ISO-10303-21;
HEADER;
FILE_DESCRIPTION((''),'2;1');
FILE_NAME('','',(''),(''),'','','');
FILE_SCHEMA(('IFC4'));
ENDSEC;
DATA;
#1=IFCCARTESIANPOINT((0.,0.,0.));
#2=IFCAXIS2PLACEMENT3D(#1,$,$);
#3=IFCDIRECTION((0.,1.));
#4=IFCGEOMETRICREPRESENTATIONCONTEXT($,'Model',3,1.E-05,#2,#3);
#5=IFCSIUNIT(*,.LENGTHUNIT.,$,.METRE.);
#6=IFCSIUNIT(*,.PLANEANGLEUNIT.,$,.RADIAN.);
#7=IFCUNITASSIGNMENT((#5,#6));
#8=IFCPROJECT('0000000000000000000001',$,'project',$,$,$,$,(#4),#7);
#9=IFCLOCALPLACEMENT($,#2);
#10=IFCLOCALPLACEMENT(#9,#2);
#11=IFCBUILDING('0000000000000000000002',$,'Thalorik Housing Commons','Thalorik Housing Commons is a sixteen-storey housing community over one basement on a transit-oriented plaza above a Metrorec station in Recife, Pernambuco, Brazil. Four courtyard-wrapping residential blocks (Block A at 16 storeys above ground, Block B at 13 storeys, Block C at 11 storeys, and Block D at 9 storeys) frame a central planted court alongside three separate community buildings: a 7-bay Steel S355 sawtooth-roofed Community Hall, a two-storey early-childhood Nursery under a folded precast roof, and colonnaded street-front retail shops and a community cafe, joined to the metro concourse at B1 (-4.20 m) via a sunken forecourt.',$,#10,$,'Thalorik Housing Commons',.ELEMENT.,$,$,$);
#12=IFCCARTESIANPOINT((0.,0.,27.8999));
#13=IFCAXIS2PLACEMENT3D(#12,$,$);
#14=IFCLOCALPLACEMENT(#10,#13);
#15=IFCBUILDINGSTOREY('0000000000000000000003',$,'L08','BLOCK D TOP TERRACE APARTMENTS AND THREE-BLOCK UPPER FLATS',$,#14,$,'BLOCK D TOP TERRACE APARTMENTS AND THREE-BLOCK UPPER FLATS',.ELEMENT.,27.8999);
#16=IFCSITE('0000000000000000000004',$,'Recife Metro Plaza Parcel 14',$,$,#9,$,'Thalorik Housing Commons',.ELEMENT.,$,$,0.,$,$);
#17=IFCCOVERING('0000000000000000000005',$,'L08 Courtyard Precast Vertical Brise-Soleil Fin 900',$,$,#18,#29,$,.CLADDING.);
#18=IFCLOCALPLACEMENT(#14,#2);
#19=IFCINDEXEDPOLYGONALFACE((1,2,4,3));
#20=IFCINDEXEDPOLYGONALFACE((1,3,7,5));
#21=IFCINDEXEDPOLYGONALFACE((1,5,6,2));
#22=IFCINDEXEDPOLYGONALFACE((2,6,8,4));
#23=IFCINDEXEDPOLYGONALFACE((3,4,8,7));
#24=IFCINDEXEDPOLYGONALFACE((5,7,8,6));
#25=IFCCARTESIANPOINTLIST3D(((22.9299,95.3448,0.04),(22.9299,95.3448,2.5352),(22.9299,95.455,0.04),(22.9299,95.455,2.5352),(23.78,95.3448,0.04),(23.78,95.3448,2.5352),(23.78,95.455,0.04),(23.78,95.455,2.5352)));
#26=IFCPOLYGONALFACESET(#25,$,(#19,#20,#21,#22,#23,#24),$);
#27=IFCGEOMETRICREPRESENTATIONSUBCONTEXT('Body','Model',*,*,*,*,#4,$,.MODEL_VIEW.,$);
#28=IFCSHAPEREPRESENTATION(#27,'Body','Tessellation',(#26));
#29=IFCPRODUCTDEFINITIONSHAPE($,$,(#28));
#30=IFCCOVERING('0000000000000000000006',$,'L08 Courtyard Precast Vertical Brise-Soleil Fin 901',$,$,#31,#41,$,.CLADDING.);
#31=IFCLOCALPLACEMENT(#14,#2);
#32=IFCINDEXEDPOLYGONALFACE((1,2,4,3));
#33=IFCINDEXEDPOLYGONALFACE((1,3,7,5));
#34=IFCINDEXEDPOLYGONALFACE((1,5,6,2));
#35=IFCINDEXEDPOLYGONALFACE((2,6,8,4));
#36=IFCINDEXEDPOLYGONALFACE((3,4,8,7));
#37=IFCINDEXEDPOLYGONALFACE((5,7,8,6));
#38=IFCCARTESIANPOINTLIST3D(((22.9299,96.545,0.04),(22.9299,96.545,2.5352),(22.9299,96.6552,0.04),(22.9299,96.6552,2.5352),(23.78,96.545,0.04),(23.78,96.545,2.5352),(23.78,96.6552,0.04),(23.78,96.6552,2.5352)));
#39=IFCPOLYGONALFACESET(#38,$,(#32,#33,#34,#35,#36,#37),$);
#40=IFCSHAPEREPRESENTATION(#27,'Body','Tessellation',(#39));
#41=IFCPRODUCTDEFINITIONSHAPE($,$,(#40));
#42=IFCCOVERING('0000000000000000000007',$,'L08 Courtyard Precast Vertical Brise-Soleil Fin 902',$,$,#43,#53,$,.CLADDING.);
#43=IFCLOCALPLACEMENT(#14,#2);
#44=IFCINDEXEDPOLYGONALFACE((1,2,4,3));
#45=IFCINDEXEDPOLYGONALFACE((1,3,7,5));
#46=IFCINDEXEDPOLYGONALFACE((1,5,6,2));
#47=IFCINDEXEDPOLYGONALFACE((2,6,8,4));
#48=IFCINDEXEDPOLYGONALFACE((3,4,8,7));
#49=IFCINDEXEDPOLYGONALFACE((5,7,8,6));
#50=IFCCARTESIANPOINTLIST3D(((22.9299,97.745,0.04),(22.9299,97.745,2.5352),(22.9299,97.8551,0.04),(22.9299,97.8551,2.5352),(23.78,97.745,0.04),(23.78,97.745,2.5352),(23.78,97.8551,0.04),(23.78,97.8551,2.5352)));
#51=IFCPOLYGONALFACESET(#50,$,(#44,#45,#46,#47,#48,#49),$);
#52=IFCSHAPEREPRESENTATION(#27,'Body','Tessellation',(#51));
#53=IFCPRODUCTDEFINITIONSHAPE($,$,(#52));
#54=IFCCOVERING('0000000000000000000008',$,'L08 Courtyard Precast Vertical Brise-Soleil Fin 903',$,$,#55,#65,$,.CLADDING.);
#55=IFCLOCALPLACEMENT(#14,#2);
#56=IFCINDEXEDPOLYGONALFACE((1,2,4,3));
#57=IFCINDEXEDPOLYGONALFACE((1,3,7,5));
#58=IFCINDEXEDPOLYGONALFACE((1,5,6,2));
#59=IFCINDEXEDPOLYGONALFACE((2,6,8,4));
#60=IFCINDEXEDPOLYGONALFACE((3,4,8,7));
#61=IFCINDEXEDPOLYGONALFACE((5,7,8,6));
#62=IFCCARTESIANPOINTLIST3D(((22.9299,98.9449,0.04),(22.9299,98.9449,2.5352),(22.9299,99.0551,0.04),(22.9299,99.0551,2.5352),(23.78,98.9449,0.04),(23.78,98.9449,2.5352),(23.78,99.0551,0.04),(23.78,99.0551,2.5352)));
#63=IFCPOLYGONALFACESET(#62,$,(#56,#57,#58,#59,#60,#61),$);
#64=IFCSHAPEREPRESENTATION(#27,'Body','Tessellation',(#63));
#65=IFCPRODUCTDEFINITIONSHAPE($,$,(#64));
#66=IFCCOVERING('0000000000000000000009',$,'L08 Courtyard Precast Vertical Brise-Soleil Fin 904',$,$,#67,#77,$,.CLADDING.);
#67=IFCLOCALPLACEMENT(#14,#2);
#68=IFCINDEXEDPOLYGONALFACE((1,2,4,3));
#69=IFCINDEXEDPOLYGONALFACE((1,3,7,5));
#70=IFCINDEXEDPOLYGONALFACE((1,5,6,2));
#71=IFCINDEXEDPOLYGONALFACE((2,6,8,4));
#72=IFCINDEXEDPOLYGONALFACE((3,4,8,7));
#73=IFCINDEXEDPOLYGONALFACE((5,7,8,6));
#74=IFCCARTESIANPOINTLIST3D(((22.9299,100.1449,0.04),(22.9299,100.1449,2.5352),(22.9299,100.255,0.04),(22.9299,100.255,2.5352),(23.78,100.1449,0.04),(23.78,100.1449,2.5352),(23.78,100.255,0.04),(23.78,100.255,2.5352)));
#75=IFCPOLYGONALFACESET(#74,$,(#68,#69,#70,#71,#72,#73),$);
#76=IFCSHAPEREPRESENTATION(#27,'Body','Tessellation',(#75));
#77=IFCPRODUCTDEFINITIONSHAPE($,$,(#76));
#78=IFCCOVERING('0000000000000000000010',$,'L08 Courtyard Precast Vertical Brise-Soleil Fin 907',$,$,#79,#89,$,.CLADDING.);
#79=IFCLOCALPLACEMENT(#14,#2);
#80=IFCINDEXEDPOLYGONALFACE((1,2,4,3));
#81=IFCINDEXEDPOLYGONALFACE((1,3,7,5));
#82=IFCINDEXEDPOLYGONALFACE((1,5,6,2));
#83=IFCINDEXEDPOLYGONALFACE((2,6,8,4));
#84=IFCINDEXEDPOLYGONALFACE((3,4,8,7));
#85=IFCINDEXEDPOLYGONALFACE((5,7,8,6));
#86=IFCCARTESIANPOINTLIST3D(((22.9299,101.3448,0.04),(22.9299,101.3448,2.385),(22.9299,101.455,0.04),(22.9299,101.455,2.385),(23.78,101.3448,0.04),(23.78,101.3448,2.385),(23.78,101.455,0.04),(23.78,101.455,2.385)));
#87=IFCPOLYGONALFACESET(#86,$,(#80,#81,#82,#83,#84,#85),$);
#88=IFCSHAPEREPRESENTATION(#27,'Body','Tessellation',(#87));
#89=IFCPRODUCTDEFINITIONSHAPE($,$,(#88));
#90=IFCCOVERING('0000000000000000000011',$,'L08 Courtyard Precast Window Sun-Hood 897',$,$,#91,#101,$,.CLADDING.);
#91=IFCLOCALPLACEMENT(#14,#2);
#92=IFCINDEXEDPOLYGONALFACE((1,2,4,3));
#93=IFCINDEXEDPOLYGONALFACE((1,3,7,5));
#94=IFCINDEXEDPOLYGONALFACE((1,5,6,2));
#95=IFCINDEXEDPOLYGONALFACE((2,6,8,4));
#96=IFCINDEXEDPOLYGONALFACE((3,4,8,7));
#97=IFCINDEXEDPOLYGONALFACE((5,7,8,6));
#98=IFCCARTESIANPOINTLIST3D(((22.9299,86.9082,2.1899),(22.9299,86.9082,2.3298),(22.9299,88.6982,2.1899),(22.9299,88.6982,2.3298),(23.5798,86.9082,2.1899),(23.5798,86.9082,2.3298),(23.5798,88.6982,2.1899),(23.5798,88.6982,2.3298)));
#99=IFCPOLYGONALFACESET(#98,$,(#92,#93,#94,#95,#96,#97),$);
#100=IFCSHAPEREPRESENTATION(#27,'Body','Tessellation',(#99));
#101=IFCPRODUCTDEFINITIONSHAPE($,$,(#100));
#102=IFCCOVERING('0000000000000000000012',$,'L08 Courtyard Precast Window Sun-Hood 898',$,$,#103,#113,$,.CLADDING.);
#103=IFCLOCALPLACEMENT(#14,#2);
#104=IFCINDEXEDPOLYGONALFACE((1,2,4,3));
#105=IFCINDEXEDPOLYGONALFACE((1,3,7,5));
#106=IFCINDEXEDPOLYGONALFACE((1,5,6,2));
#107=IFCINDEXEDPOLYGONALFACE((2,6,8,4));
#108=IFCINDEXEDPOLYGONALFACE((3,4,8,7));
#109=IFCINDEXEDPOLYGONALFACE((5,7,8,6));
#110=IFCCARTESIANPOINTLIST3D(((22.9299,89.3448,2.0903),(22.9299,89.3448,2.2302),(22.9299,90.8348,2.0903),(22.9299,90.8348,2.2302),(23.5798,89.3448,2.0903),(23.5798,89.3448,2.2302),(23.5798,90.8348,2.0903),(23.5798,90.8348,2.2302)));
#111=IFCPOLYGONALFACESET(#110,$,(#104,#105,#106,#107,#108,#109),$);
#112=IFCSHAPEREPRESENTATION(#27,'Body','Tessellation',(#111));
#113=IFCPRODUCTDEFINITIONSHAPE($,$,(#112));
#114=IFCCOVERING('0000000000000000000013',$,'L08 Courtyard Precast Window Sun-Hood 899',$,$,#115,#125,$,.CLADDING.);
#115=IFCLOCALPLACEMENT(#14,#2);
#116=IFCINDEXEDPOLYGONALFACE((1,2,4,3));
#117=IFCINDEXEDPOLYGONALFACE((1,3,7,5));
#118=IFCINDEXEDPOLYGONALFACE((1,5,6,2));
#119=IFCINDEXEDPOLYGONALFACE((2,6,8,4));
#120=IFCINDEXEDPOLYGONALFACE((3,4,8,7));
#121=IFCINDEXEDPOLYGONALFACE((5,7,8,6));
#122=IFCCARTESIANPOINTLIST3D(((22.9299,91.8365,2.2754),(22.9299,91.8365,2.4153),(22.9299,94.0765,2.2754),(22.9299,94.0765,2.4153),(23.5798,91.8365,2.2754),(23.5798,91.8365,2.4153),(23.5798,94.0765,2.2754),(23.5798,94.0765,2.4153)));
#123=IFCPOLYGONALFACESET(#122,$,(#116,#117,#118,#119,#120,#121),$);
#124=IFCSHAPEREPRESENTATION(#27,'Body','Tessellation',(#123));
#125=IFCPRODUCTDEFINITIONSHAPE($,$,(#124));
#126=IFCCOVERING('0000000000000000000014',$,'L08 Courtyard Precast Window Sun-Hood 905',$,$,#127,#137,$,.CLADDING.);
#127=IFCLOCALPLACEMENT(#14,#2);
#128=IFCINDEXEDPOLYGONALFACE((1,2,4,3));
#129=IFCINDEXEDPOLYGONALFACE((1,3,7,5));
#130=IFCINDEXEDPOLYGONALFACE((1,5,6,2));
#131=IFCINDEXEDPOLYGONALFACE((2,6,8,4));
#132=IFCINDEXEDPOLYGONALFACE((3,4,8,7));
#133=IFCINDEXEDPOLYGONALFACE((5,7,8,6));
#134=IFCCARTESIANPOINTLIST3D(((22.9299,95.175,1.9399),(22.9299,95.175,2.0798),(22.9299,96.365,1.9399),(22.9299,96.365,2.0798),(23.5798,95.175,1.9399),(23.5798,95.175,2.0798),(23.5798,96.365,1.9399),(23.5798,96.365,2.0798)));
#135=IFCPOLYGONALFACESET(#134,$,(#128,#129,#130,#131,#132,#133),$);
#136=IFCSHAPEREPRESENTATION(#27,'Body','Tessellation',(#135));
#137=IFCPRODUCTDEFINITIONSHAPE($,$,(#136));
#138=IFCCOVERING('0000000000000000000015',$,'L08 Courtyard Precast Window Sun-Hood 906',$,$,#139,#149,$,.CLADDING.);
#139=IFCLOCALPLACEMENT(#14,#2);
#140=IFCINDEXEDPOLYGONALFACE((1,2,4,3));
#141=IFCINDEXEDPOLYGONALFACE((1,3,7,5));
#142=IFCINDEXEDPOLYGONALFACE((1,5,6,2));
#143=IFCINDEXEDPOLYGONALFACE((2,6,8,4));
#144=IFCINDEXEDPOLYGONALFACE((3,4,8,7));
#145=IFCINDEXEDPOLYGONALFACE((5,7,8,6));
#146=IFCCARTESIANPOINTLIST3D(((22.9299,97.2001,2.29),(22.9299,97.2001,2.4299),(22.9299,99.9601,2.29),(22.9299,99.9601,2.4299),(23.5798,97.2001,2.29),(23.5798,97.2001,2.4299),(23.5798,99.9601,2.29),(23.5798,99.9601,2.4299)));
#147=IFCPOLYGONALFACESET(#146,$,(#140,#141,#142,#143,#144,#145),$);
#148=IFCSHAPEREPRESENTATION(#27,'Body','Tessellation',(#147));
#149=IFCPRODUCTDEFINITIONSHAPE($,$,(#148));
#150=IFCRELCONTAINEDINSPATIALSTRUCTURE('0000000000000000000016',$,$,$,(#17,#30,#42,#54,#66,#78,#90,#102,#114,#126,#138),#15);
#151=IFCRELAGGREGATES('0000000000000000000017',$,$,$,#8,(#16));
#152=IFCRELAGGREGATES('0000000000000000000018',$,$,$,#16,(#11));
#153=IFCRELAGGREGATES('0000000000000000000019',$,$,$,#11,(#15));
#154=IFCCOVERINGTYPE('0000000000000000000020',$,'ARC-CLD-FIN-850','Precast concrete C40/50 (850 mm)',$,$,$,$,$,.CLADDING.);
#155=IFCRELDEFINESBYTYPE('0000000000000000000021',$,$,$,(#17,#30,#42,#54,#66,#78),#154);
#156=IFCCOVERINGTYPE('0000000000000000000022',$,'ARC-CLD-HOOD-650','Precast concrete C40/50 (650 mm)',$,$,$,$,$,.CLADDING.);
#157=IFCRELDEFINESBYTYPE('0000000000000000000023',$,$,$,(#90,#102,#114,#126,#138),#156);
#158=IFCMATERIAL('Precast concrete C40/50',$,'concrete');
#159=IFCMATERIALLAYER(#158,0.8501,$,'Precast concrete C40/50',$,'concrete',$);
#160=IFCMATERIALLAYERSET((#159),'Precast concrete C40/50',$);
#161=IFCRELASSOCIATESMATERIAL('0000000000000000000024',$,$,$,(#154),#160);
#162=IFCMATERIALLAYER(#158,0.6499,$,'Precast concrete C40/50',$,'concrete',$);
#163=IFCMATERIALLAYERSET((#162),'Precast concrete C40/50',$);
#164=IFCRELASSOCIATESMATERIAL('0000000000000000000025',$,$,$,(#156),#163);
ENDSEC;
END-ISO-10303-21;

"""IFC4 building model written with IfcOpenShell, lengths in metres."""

from ifc_helpers import new_model, si_unit, direction, frame, origin, origin_2d, place, context, subcontext, project, spatial, rectangle, extrude, material, layer, layer_set, type_object, element, save


model = new_model("IFC4")

# Units and contexts
model_context = context("Model", 3, precision=1e-05, world=origin(), true_north=direction((0.0, 1.0)))
body_context = subcontext(model_context, "Body", "Model", "MODEL_VIEW")
ifc_project = project(units=[si_unit("LENGTHUNIT", "METRE"), si_unit("PLANEANGLEUNIT", "RADIAN")], contexts=[model_context])

# Site, building, storey
site_placement = place(None, origin())
site = spatial("IfcSite", under=ifc_project, at=site_placement, Name="Recife Metro Plaza Parcel 14", LongName="Thalorik Housing Commons", CompositionType="ELEMENT", RefElevation=0.0)
building_placement = place(site_placement, origin())
building = spatial("IfcBuilding", under=site, at=building_placement, Name="Thalorik Housing Commons", Description="Thalorik Housing Commons is a sixteen-storey housing community over one basement on a transit-oriented plaza above a Metrorec station in Recife, Pernambuco, Brazil. Four courtyard-wrapping residential blocks (Block A at 16 storeys above ground, Block B at 13 storeys, Block C at 11 storeys, and Block D at 9 storeys) frame a central planted court alongside three separate community buildings: a 7-bay Steel S355 sawtooth-roofed Community Hall, a two-storey early-childhood Nursery under a folded precast roof, and colonnaded street-front retail shops and a community cafe, joined to the metro concourse at B1 (-4.20 m) via a sunken forecourt.", LongName="Thalorik Housing Commons", CompositionType="ELEMENT")
storey_placement = place(building_placement, frame((0.0, 0.0, 27.8999)))
storey = spatial("IfcBuildingStorey", under=building, at=storey_placement, Name="L08", Description="BLOCK D TOP TERRACE APARTMENTS AND THREE-BLOCK UPPER FLATS", LongName="BLOCK D TOP TERRACE APARTMENTS AND THREE-BLOCK UPPER FLATS", CompositionType="ELEMENT", Elevation=27.8999)

# Shared definitions
ifc_material_1 = material(Name="Precast concrete C40/50", Category="concrete")

# Coverings
ifc_layer_1 = layer(ifc_material_1, 0.8501, Name="Precast concrete C40/50", Category="concrete")
ifc_layer_set_1 = layer_set([ifc_layer_1], Name="Precast concrete C40/50")
covering_type_1 = type_object("IfcCoveringType", Name="ARC-CLD-FIN-850", Description="Precast concrete C40/50 (850 mm)", PredefinedType="CLADDING", material=ifc_layer_set_1)
for number, where, z_axis, x_axis, name in (
    (1, (23.355, 95.3999, 0.04), (0.0, 0.0, 1.0), (0.0, 1.0, 0.0), "L08 Courtyard Precast Vertical Brise-Soleil Fin 900"),
    (2, (23.355, 96.6001, 0.04), (0.0, 0.0, 1.0), (0.0, 1.0, 0.0), "L08 Courtyard Precast Vertical Brise-Soleil Fin 901"),
    (3, (23.355, 97.8, 0.04), (0.0, 0.0, 1.0), (0.0, 1.0, 0.0), "L08 Courtyard Precast Vertical Brise-Soleil Fin 902"),
    (4, (23.355, 99.0, 0.04), (0.0, 0.0, 1.0), (0.0, 1.0, 0.0), "L08 Courtyard Precast Vertical Brise-Soleil Fin 903"),
    (5, (23.355, 100.2, 0.04), (0.0, 0.0, 1.0), (0.0, 1.0, 0.0), "L08 Courtyard Precast Vertical Brise-Soleil Fin 904"),
):
    element("IfcCovering", number, at=place(storey_placement, frame(where, z_axis=z_axis, x_axis=x_axis)), inside=storey, type_object=covering_type_1, Name=name, PredefinedType="CLADDING", context=body_context, shape_type="SweptSolid", body=[
        extrude(rectangle(XDim=0.1101, YDim=0.8501, at=origin_2d()), origin(), (0.0, 0.0, 1.0), 2.4951),
    ])
covering_1_placement = place(storey_placement, frame((23.355, 101.3999, 0.04), z_axis=(0.0, 0.0, 1.0), x_axis=(0.0, 1.0, 0.0)))
element("IfcCovering", 6, at=covering_1_placement, inside=storey, type_object=covering_type_1, Name="L08 Courtyard Precast Vertical Brise-Soleil Fin 907", PredefinedType="CLADDING", context=body_context, shape_type="SweptSolid", body=[
    extrude(rectangle(XDim=0.1101, YDim=0.8501, at=origin_2d()), origin(), (0.0, 0.0, 1.0), 2.345),
])
ifc_layer_2 = layer(ifc_material_1, 0.6499, Name="Precast concrete C40/50", Category="concrete")
ifc_layer_set_2 = layer_set([ifc_layer_2], Name="Precast concrete C40/50")
covering_type_2 = type_object("IfcCoveringType", Name="ARC-CLD-HOOD-650", Description="Precast concrete C40/50 (650 mm)", PredefinedType="CLADDING", material=ifc_layer_set_2)
covering_2_placement = place(storey_placement, frame((23.2549, 87.8032, 2.1899), z_axis=(0.0, 0.0, 1.0), x_axis=(0.0, 1.0, 0.0)))
element("IfcCovering", 7, at=covering_2_placement, inside=storey, type_object=covering_type_2, Name="L08 Courtyard Precast Window Sun-Hood 897", PredefinedType="CLADDING", context=body_context, shape_type="SweptSolid", body=[
    extrude(rectangle(XDim=1.79, YDim=0.6499, at=origin_2d()), origin(), (0.0, 0.0, 1.0), 0.1399),
])
covering_3_placement = place(storey_placement, frame((23.2549, 90.0898, 2.0903), z_axis=(0.0, 0.0, 1.0), x_axis=(0.0, 1.0, 0.0)))
element("IfcCovering", 8, at=covering_3_placement, inside=storey, type_object=covering_type_2, Name="L08 Courtyard Precast Window Sun-Hood 898", PredefinedType="CLADDING", context=body_context, shape_type="SweptSolid", body=[
    extrude(rectangle(XDim=1.49, YDim=0.6499, at=origin_2d()), origin(), (0.0, 0.0, 1.0), 0.1399),
])
covering_4_placement = place(storey_placement, frame((23.2549, 92.9565, 2.2754), z_axis=(0.0, 0.0, 1.0), x_axis=(0.0, 1.0, 0.0)))
element("IfcCovering", 9, at=covering_4_placement, inside=storey, type_object=covering_type_2, Name="L08 Courtyard Precast Window Sun-Hood 899", PredefinedType="CLADDING", context=body_context, shape_type="SweptSolid", body=[
    extrude(rectangle(XDim=2.24, YDim=0.6499, at=origin_2d()), origin(), (0.0, 0.0, 1.0), 0.1399),
])
covering_5_placement = place(storey_placement, frame((23.2549, 95.77, 1.9399), z_axis=(0.0, 0.0, 1.0), x_axis=(0.0, 1.0, 0.0)))
element("IfcCovering", 10, at=covering_5_placement, inside=storey, type_object=covering_type_2, Name="L08 Courtyard Precast Window Sun-Hood 905", PredefinedType="CLADDING", context=body_context, shape_type="SweptSolid", body=[
    extrude(rectangle(XDim=1.1899, YDim=0.6499, at=origin_2d()), origin(), (0.0, 0.0, 1.0), 0.1399),
])
covering_6_placement = place(storey_placement, frame((23.2549, 98.5801, 2.29), z_axis=(0.0, 0.0, 1.0), x_axis=(0.0, 1.0, 0.0)))
element("IfcCovering", 11, at=covering_6_placement, inside=storey, type_object=covering_type_2, Name="L08 Courtyard Precast Window Sun-Hood 906", PredefinedType="CLADDING", context=body_context, shape_type="SweptSolid", body=[
    extrude(rectangle(XDim=2.76, YDim=0.6499, at=origin_2d()), origin(), (0.0, 0.0, 1.0), 0.1399),
])

save(model, "model.ifc")
